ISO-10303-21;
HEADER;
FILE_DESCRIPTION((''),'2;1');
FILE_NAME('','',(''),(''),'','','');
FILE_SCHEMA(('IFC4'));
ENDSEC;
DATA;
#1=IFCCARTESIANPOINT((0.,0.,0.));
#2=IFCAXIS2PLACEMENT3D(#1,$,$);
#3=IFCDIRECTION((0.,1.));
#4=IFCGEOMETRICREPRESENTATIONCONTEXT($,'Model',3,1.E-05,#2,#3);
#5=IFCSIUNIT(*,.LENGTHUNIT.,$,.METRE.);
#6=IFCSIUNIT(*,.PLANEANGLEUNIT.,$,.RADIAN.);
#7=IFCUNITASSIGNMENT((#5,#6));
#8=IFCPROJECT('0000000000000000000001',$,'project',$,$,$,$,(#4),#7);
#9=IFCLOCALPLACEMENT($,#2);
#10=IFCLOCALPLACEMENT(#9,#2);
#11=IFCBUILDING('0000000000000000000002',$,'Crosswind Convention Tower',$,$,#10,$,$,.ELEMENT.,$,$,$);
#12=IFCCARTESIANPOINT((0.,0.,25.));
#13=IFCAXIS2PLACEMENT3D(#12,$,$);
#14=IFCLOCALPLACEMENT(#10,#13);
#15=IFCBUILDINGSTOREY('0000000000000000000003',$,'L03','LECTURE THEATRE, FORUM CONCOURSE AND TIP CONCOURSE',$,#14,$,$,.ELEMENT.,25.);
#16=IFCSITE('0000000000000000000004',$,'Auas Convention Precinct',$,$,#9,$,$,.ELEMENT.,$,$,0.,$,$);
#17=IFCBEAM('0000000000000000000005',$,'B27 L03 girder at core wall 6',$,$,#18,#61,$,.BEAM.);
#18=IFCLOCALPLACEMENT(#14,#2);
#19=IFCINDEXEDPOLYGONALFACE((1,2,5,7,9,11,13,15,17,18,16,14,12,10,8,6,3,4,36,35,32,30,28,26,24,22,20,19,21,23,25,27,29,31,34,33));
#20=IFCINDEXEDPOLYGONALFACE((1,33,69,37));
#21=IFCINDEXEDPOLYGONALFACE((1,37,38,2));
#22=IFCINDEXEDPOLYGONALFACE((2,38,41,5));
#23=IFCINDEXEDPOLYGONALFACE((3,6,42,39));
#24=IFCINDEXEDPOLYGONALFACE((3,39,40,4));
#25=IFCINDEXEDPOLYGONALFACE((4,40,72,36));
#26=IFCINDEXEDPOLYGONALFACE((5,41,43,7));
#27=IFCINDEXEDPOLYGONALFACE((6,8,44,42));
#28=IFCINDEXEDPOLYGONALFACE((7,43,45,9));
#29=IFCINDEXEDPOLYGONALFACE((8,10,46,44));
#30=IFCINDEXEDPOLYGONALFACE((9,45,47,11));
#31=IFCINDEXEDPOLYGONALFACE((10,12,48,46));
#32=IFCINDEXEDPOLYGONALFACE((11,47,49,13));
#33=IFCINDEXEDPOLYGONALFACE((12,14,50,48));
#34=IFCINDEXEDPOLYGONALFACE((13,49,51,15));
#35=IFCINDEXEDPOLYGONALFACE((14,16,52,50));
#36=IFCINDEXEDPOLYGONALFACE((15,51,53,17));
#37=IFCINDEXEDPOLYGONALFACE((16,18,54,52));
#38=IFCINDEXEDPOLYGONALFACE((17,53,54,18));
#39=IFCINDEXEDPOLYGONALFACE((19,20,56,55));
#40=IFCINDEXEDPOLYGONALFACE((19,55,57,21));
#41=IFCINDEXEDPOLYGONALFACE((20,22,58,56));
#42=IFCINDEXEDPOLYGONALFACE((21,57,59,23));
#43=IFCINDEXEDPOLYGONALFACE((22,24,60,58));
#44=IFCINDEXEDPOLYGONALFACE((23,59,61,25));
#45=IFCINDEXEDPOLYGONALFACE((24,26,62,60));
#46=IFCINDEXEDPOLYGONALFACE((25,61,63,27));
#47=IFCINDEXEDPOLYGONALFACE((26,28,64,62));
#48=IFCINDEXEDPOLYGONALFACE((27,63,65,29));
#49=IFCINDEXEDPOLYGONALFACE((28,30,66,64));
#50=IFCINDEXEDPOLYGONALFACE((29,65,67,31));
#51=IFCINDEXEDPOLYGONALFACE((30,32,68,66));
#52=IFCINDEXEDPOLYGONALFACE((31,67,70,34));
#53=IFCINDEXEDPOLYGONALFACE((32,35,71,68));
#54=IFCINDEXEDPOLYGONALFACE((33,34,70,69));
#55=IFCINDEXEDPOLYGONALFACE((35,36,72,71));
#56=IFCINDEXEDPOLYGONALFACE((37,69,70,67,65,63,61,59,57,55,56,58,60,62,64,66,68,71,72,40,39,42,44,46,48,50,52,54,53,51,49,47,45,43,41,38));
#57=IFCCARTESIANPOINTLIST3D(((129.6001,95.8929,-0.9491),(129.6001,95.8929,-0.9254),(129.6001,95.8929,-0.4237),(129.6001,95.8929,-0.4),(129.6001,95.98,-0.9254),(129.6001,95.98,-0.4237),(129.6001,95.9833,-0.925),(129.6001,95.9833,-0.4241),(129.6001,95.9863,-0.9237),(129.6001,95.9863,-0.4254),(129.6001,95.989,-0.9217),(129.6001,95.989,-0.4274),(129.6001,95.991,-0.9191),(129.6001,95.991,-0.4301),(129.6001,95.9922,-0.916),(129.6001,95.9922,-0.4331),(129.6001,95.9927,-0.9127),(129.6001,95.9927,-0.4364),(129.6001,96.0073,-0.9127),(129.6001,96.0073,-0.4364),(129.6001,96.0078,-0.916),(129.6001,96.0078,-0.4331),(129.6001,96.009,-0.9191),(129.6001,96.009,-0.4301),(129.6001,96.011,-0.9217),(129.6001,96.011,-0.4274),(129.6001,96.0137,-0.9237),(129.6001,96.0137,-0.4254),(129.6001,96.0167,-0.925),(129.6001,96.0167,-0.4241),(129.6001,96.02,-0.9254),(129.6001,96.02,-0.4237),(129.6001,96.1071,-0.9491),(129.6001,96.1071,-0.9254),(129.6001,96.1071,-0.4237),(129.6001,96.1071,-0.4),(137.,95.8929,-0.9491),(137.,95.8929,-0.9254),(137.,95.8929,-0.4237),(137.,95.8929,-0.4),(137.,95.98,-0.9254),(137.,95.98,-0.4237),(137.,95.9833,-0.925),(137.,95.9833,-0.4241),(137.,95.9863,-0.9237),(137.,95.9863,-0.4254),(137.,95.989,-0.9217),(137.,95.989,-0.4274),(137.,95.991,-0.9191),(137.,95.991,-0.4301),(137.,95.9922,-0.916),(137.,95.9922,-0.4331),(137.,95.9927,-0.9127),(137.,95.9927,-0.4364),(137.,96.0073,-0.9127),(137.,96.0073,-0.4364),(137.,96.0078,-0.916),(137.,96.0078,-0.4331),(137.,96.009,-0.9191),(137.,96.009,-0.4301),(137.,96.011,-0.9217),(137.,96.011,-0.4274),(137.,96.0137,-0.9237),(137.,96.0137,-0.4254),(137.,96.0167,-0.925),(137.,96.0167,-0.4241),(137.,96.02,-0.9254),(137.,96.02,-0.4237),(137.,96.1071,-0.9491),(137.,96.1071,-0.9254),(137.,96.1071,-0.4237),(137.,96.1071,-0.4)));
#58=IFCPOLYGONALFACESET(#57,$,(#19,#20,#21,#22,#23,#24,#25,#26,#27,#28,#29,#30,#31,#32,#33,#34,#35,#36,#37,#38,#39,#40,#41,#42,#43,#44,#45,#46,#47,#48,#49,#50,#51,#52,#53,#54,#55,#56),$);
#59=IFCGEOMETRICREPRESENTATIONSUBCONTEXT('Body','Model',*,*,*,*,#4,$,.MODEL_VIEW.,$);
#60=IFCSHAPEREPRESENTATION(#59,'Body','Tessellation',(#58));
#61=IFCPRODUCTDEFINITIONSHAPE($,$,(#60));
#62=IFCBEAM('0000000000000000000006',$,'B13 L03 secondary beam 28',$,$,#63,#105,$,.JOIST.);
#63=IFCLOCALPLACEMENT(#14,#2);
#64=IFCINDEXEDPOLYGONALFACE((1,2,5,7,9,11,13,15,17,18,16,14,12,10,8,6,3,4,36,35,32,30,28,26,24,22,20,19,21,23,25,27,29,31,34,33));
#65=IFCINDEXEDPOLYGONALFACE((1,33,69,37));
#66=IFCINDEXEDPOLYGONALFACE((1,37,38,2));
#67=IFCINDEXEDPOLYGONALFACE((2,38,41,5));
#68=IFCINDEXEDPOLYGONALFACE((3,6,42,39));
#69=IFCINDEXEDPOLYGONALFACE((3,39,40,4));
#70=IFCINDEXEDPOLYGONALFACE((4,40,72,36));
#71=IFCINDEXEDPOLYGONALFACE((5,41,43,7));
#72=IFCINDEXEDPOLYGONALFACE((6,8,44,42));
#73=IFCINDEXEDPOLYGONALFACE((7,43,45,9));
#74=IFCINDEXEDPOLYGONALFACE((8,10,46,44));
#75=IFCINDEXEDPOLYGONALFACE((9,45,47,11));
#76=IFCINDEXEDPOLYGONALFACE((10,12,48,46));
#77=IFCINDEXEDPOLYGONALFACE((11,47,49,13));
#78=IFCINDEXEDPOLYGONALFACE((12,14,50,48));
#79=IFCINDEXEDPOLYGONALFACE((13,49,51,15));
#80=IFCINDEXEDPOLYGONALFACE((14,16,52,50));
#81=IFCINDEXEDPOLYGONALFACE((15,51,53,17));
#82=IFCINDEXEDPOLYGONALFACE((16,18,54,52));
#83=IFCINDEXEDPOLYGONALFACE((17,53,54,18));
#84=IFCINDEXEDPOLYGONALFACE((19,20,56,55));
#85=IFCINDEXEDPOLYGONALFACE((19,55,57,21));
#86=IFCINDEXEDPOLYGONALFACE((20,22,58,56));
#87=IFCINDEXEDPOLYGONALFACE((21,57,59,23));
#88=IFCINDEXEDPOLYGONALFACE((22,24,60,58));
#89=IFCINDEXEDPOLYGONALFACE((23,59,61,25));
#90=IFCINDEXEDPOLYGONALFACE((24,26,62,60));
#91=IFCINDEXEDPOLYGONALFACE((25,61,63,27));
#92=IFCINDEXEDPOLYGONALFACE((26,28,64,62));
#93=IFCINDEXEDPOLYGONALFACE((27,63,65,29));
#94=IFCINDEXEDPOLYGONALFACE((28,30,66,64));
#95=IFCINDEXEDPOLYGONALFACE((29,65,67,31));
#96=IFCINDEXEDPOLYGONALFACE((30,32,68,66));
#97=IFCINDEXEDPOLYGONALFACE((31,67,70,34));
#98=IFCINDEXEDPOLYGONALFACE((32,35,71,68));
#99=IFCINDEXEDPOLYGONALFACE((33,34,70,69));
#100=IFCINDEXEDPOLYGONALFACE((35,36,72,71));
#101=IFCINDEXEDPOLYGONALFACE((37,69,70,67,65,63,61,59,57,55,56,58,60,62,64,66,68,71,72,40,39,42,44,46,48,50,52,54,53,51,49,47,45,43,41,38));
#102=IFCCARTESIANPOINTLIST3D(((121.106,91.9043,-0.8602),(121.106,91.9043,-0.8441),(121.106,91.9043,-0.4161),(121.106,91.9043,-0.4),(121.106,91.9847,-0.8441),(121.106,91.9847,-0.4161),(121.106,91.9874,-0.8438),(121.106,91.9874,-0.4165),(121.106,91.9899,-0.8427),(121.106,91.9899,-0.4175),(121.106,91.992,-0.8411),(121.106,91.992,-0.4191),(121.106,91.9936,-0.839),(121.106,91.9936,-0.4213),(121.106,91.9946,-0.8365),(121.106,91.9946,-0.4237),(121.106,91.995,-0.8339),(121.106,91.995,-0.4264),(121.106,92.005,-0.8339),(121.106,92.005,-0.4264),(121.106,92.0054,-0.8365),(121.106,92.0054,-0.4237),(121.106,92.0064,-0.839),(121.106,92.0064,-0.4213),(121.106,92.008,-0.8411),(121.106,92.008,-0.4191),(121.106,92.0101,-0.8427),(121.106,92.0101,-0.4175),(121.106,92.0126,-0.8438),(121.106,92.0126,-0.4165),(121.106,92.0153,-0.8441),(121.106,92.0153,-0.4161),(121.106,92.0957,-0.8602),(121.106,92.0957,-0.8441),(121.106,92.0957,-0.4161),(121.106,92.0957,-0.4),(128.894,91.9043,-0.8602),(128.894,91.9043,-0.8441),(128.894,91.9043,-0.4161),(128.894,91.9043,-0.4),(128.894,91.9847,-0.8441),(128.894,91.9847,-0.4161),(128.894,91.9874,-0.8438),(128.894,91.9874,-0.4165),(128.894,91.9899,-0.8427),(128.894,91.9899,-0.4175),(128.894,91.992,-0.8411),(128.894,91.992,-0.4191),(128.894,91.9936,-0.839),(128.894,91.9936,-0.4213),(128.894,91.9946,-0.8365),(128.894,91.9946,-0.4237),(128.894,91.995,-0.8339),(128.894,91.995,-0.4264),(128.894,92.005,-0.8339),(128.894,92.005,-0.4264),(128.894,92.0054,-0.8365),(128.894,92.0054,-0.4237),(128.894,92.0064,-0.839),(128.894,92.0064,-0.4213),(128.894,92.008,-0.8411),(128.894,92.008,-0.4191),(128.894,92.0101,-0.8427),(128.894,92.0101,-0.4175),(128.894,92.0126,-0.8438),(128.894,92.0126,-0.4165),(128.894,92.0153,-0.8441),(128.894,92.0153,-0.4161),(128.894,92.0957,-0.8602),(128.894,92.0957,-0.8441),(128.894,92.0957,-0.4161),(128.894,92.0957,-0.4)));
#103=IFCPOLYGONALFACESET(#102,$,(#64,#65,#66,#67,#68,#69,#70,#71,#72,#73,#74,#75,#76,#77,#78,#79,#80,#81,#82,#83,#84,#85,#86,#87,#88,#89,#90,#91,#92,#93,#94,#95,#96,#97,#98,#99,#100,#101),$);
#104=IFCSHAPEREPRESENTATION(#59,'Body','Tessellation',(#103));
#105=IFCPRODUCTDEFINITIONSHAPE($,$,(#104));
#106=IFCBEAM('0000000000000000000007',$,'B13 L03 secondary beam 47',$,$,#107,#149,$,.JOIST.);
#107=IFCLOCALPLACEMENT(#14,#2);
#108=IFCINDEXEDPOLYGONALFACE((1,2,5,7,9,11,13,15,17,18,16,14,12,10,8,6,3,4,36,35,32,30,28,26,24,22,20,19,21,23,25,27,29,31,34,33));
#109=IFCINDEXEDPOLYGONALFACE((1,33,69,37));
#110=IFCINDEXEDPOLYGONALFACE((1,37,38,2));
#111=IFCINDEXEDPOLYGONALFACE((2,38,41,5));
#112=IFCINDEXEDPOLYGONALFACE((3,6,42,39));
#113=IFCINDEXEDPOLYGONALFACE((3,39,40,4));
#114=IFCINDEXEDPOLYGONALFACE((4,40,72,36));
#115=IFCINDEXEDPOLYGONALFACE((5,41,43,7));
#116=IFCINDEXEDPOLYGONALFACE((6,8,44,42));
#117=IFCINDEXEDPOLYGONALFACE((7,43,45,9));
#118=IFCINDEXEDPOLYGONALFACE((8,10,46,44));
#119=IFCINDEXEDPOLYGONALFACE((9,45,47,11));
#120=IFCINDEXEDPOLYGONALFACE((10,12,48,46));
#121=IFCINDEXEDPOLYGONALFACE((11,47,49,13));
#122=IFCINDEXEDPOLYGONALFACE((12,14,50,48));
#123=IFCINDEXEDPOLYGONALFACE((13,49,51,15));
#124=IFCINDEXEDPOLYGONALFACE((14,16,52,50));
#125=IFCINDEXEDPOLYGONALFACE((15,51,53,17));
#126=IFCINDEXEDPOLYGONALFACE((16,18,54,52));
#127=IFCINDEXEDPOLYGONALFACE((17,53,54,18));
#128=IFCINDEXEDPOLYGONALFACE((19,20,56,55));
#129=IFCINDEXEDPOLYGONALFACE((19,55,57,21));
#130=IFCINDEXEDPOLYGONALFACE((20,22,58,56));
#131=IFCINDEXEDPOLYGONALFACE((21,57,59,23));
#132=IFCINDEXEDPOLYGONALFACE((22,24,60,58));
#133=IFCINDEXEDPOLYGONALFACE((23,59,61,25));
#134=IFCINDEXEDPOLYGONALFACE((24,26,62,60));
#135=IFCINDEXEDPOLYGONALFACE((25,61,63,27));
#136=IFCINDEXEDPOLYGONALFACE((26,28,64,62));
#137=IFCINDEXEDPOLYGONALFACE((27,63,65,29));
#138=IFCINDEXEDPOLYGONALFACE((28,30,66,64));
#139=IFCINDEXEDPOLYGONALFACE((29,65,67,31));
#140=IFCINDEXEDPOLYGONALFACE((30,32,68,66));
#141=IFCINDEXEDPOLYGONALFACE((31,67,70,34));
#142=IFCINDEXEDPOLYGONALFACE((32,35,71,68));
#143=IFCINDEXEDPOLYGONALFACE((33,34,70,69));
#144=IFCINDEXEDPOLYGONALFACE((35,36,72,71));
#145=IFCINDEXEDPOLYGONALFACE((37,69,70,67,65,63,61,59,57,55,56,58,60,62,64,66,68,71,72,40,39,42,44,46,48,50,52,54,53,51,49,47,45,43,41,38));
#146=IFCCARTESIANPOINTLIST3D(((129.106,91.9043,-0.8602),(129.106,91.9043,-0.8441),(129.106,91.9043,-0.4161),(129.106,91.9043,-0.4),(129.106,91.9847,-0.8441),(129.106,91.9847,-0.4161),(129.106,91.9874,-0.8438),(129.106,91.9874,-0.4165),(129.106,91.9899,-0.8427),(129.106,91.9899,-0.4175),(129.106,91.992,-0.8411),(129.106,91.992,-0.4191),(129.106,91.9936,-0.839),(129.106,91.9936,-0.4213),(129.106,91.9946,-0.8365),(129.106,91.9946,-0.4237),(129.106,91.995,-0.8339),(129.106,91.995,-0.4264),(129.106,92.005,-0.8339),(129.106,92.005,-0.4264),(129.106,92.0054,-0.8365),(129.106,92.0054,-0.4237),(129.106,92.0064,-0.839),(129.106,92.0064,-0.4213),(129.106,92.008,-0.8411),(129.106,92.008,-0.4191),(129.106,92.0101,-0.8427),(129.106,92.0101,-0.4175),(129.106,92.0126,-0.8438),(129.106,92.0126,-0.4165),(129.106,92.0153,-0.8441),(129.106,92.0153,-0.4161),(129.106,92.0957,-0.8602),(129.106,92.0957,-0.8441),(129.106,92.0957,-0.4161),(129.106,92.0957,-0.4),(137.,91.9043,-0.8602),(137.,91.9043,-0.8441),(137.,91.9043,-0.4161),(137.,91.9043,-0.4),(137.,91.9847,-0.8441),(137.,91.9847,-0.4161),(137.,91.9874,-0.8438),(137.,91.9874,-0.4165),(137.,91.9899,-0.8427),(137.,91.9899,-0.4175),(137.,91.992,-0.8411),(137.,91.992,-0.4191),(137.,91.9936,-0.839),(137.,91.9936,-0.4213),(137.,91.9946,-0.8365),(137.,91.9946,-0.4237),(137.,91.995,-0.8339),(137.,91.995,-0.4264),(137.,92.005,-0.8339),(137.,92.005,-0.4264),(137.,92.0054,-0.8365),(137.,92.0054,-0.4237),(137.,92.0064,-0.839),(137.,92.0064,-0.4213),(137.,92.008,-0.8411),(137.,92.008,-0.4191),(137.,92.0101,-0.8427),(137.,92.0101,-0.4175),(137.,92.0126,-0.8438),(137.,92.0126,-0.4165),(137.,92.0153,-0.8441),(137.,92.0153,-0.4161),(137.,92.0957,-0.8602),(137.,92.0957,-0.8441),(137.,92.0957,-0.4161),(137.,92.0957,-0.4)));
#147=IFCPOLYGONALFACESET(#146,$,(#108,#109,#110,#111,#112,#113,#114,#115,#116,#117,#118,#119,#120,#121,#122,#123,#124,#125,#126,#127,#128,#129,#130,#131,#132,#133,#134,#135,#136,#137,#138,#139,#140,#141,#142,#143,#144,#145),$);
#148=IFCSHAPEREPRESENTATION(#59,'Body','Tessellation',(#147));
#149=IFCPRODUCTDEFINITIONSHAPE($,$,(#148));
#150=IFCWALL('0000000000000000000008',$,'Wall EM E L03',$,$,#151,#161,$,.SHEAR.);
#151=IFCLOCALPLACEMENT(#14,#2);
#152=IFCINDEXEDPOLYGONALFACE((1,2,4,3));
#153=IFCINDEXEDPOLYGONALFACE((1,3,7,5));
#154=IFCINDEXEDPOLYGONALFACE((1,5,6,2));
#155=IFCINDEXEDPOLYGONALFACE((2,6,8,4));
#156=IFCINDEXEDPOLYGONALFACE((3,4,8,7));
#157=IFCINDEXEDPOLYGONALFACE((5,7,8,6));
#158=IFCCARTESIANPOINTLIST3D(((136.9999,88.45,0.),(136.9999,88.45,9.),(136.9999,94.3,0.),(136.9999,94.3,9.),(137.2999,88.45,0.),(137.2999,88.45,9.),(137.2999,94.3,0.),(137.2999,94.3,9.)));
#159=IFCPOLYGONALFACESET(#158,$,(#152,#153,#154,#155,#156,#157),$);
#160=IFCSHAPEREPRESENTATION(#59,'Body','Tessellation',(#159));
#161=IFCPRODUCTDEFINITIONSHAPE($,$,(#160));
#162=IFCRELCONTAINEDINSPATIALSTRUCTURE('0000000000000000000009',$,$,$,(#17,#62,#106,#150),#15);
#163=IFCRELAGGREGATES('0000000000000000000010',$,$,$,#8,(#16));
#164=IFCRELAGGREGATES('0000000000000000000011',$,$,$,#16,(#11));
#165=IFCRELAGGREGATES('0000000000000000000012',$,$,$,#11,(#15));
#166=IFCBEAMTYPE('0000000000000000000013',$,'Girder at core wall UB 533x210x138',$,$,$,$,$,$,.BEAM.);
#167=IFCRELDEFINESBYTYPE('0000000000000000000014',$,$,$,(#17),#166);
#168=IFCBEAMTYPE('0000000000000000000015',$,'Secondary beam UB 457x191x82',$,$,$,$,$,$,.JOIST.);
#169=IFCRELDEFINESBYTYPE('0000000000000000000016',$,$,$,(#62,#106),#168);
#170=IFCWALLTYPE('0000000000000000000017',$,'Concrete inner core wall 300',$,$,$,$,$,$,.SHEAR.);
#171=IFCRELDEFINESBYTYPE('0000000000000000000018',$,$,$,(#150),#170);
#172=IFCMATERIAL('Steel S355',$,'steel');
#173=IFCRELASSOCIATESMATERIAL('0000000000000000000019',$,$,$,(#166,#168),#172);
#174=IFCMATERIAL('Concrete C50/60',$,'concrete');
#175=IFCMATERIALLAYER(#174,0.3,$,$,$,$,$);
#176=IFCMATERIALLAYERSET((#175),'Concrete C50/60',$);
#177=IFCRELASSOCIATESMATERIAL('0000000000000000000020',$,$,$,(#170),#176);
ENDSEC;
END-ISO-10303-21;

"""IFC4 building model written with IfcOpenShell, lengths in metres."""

from ifc_helpers import new_model, si_unit, direction, frame, frame_2d, origin, origin_2d, place, context, subcontext, project, spatial, rectangle, i_section, extrude, material, layer, layer_set, material_profile, profile_set, type_object, element, save


model = new_model("IFC4")

# Units and contexts
model_context = context("Model", 3, precision=1e-05, world=origin(), true_north=direction((0.0, 1.0)))
body_context = subcontext(model_context, "Body", "Model", "MODEL_VIEW")
ifc_project = project(units=[si_unit("LENGTHUNIT", "METRE"), si_unit("PLANEANGLEUNIT", "RADIAN")], contexts=[model_context])

# Site, building, storey
site_placement = place(None, origin())
site = spatial("IfcSite", under=ifc_project, at=site_placement, Name="Auas Convention Precinct", CompositionType="ELEMENT", RefElevation=0.0)
building_placement = place(site_placement, origin())
building = spatial("IfcBuilding", under=site, at=building_placement, Name="Crosswind Convention Tower", CompositionType="ELEMENT")
storey_placement = place(building_placement, frame((0.0, 0.0, 25.0)))
storey = spatial("IfcBuildingStorey", under=building, at=storey_placement, Name="L03", Description="LECTURE THEATRE, FORUM CONCOURSE AND TIP CONCOURSE", CompositionType="ELEMENT", Elevation=25.0)

# Beams
ifc_material_1 = material(Name="Steel S355", Category="steel")
ifc_material_profile_1 = material_profile(ifc_material_1, i_section(OverallWidth=0.2141, OverallDepth=0.5491, WebThickness=0.0146, FlangeThickness=0.0237, FilletRadius=0.0127, at=origin_2d()), Name="UB 533x210x138")
ifc_profile_set_1 = profile_set([ifc_material_profile_1], Name="Steel S355")
beam_type_1 = type_object("IfcBeamType", Name="Girder at core wall UB 533x210x138", PredefinedType="BEAM", material=ifc_profile_set_1)
for number, where, z_axis, x_axis, name in (
    (1, (129.6001, 96.0, -0.6746), (1.0, 0.0, 0.0), (0.0, 1.0, 0.0), "B27 L03 girder at core wall 6"),
):
    element("IfcBeam", number, at=place(storey_placement, frame(where, z_axis=z_axis, x_axis=x_axis)), inside=storey, type_object=beam_type_1, Name=name, PredefinedType="BEAM", context=body_context, shape_type="SweptSolid", body=[
        extrude(i_section(OverallWidth=0.2141, OverallDepth=0.5491, WebThickness=0.0146, FlangeThickness=0.0237, FilletRadius=0.0127, at=origin_2d()), origin(), (0.0, 0.0, 1.0), 7.3999),
    ])
ifc_material_profile_2 = material_profile(ifc_material_1, i_section(OverallWidth=0.1914, OverallDepth=0.4602, WebThickness=0.01, FlangeThickness=0.0161, FilletRadius=0.0103, at=origin_2d()), Name="UB 457x191x82")
ifc_profile_set_2 = profile_set([ifc_material_profile_2], Name="Steel S355")
beam_type_2 = type_object("IfcBeamType", Name="Secondary beam UB 457x191x82", PredefinedType="JOIST", material=ifc_profile_set_2)
beam_1_placement = place(storey_placement, frame((121.106, 92.0, -0.6301), z_axis=(1.0, 0.0, 0.0), x_axis=(0.0, 1.0, 0.0)))
element("IfcBeam", 2, at=beam_1_placement, inside=storey, type_object=beam_type_2, Name="B13 L03 secondary beam 28", PredefinedType="JOIST", context=body_context, shape_type="SweptSolid", body=[
    extrude(i_section(OverallWidth=0.1914, OverallDepth=0.4602, WebThickness=0.01, FlangeThickness=0.0161, FilletRadius=0.0103, at=origin_2d()), origin(), (0.0, 0.0, 1.0), 7.7881),
])
beam_2_placement = place(storey_placement, frame((129.106, 92.0, -0.6301), z_axis=(1.0, 0.0, 0.0), x_axis=(0.0, 1.0, 0.0)))
element("IfcBeam", 3, at=beam_2_placement, inside=storey, type_object=beam_type_2, Name="B13 L03 secondary beam 47", PredefinedType="JOIST", context=body_context, shape_type="SweptSolid", body=[
    extrude(i_section(OverallWidth=0.1914, OverallDepth=0.4602, WebThickness=0.01, FlangeThickness=0.0161, FilletRadius=0.0103, at=origin_2d()), origin(), (0.0, 0.0, 1.0), 7.894),
])

# Shared definitions
ifc_material_2 = material(Name="Concrete C50/60", Category="concrete")
ifc_layer_1 = layer(ifc_material_2, 0.3)
ifc_layer_set_1 = layer_set([ifc_layer_1], Name="Concrete C50/60")
wall_type_1 = type_object("IfcWallType", Name="Concrete inner core wall 300", PredefinedType="SHEAR", material=ifc_layer_set_1)

# Wall
wall_1_placement = place(storey_placement, frame((137.1499, 88.45, 0.0), z_axis=(0.0, 0.0, 1.0), x_axis=(0.0, 1.0, 0.0)))
element("IfcWall", 4, at=wall_1_placement, inside=storey, type_object=wall_type_1, Name="Wall EM E L03", PredefinedType="SHEAR", context=body_context, shape_type="SweptSolid", body=[
    extrude(rectangle(XDim=5.8501, YDim=0.3, at=frame_2d((2.925, 0.0))), origin(), (0.0, 0.0, 1.0), 9.0),
])

save(model, "model.ifc")
